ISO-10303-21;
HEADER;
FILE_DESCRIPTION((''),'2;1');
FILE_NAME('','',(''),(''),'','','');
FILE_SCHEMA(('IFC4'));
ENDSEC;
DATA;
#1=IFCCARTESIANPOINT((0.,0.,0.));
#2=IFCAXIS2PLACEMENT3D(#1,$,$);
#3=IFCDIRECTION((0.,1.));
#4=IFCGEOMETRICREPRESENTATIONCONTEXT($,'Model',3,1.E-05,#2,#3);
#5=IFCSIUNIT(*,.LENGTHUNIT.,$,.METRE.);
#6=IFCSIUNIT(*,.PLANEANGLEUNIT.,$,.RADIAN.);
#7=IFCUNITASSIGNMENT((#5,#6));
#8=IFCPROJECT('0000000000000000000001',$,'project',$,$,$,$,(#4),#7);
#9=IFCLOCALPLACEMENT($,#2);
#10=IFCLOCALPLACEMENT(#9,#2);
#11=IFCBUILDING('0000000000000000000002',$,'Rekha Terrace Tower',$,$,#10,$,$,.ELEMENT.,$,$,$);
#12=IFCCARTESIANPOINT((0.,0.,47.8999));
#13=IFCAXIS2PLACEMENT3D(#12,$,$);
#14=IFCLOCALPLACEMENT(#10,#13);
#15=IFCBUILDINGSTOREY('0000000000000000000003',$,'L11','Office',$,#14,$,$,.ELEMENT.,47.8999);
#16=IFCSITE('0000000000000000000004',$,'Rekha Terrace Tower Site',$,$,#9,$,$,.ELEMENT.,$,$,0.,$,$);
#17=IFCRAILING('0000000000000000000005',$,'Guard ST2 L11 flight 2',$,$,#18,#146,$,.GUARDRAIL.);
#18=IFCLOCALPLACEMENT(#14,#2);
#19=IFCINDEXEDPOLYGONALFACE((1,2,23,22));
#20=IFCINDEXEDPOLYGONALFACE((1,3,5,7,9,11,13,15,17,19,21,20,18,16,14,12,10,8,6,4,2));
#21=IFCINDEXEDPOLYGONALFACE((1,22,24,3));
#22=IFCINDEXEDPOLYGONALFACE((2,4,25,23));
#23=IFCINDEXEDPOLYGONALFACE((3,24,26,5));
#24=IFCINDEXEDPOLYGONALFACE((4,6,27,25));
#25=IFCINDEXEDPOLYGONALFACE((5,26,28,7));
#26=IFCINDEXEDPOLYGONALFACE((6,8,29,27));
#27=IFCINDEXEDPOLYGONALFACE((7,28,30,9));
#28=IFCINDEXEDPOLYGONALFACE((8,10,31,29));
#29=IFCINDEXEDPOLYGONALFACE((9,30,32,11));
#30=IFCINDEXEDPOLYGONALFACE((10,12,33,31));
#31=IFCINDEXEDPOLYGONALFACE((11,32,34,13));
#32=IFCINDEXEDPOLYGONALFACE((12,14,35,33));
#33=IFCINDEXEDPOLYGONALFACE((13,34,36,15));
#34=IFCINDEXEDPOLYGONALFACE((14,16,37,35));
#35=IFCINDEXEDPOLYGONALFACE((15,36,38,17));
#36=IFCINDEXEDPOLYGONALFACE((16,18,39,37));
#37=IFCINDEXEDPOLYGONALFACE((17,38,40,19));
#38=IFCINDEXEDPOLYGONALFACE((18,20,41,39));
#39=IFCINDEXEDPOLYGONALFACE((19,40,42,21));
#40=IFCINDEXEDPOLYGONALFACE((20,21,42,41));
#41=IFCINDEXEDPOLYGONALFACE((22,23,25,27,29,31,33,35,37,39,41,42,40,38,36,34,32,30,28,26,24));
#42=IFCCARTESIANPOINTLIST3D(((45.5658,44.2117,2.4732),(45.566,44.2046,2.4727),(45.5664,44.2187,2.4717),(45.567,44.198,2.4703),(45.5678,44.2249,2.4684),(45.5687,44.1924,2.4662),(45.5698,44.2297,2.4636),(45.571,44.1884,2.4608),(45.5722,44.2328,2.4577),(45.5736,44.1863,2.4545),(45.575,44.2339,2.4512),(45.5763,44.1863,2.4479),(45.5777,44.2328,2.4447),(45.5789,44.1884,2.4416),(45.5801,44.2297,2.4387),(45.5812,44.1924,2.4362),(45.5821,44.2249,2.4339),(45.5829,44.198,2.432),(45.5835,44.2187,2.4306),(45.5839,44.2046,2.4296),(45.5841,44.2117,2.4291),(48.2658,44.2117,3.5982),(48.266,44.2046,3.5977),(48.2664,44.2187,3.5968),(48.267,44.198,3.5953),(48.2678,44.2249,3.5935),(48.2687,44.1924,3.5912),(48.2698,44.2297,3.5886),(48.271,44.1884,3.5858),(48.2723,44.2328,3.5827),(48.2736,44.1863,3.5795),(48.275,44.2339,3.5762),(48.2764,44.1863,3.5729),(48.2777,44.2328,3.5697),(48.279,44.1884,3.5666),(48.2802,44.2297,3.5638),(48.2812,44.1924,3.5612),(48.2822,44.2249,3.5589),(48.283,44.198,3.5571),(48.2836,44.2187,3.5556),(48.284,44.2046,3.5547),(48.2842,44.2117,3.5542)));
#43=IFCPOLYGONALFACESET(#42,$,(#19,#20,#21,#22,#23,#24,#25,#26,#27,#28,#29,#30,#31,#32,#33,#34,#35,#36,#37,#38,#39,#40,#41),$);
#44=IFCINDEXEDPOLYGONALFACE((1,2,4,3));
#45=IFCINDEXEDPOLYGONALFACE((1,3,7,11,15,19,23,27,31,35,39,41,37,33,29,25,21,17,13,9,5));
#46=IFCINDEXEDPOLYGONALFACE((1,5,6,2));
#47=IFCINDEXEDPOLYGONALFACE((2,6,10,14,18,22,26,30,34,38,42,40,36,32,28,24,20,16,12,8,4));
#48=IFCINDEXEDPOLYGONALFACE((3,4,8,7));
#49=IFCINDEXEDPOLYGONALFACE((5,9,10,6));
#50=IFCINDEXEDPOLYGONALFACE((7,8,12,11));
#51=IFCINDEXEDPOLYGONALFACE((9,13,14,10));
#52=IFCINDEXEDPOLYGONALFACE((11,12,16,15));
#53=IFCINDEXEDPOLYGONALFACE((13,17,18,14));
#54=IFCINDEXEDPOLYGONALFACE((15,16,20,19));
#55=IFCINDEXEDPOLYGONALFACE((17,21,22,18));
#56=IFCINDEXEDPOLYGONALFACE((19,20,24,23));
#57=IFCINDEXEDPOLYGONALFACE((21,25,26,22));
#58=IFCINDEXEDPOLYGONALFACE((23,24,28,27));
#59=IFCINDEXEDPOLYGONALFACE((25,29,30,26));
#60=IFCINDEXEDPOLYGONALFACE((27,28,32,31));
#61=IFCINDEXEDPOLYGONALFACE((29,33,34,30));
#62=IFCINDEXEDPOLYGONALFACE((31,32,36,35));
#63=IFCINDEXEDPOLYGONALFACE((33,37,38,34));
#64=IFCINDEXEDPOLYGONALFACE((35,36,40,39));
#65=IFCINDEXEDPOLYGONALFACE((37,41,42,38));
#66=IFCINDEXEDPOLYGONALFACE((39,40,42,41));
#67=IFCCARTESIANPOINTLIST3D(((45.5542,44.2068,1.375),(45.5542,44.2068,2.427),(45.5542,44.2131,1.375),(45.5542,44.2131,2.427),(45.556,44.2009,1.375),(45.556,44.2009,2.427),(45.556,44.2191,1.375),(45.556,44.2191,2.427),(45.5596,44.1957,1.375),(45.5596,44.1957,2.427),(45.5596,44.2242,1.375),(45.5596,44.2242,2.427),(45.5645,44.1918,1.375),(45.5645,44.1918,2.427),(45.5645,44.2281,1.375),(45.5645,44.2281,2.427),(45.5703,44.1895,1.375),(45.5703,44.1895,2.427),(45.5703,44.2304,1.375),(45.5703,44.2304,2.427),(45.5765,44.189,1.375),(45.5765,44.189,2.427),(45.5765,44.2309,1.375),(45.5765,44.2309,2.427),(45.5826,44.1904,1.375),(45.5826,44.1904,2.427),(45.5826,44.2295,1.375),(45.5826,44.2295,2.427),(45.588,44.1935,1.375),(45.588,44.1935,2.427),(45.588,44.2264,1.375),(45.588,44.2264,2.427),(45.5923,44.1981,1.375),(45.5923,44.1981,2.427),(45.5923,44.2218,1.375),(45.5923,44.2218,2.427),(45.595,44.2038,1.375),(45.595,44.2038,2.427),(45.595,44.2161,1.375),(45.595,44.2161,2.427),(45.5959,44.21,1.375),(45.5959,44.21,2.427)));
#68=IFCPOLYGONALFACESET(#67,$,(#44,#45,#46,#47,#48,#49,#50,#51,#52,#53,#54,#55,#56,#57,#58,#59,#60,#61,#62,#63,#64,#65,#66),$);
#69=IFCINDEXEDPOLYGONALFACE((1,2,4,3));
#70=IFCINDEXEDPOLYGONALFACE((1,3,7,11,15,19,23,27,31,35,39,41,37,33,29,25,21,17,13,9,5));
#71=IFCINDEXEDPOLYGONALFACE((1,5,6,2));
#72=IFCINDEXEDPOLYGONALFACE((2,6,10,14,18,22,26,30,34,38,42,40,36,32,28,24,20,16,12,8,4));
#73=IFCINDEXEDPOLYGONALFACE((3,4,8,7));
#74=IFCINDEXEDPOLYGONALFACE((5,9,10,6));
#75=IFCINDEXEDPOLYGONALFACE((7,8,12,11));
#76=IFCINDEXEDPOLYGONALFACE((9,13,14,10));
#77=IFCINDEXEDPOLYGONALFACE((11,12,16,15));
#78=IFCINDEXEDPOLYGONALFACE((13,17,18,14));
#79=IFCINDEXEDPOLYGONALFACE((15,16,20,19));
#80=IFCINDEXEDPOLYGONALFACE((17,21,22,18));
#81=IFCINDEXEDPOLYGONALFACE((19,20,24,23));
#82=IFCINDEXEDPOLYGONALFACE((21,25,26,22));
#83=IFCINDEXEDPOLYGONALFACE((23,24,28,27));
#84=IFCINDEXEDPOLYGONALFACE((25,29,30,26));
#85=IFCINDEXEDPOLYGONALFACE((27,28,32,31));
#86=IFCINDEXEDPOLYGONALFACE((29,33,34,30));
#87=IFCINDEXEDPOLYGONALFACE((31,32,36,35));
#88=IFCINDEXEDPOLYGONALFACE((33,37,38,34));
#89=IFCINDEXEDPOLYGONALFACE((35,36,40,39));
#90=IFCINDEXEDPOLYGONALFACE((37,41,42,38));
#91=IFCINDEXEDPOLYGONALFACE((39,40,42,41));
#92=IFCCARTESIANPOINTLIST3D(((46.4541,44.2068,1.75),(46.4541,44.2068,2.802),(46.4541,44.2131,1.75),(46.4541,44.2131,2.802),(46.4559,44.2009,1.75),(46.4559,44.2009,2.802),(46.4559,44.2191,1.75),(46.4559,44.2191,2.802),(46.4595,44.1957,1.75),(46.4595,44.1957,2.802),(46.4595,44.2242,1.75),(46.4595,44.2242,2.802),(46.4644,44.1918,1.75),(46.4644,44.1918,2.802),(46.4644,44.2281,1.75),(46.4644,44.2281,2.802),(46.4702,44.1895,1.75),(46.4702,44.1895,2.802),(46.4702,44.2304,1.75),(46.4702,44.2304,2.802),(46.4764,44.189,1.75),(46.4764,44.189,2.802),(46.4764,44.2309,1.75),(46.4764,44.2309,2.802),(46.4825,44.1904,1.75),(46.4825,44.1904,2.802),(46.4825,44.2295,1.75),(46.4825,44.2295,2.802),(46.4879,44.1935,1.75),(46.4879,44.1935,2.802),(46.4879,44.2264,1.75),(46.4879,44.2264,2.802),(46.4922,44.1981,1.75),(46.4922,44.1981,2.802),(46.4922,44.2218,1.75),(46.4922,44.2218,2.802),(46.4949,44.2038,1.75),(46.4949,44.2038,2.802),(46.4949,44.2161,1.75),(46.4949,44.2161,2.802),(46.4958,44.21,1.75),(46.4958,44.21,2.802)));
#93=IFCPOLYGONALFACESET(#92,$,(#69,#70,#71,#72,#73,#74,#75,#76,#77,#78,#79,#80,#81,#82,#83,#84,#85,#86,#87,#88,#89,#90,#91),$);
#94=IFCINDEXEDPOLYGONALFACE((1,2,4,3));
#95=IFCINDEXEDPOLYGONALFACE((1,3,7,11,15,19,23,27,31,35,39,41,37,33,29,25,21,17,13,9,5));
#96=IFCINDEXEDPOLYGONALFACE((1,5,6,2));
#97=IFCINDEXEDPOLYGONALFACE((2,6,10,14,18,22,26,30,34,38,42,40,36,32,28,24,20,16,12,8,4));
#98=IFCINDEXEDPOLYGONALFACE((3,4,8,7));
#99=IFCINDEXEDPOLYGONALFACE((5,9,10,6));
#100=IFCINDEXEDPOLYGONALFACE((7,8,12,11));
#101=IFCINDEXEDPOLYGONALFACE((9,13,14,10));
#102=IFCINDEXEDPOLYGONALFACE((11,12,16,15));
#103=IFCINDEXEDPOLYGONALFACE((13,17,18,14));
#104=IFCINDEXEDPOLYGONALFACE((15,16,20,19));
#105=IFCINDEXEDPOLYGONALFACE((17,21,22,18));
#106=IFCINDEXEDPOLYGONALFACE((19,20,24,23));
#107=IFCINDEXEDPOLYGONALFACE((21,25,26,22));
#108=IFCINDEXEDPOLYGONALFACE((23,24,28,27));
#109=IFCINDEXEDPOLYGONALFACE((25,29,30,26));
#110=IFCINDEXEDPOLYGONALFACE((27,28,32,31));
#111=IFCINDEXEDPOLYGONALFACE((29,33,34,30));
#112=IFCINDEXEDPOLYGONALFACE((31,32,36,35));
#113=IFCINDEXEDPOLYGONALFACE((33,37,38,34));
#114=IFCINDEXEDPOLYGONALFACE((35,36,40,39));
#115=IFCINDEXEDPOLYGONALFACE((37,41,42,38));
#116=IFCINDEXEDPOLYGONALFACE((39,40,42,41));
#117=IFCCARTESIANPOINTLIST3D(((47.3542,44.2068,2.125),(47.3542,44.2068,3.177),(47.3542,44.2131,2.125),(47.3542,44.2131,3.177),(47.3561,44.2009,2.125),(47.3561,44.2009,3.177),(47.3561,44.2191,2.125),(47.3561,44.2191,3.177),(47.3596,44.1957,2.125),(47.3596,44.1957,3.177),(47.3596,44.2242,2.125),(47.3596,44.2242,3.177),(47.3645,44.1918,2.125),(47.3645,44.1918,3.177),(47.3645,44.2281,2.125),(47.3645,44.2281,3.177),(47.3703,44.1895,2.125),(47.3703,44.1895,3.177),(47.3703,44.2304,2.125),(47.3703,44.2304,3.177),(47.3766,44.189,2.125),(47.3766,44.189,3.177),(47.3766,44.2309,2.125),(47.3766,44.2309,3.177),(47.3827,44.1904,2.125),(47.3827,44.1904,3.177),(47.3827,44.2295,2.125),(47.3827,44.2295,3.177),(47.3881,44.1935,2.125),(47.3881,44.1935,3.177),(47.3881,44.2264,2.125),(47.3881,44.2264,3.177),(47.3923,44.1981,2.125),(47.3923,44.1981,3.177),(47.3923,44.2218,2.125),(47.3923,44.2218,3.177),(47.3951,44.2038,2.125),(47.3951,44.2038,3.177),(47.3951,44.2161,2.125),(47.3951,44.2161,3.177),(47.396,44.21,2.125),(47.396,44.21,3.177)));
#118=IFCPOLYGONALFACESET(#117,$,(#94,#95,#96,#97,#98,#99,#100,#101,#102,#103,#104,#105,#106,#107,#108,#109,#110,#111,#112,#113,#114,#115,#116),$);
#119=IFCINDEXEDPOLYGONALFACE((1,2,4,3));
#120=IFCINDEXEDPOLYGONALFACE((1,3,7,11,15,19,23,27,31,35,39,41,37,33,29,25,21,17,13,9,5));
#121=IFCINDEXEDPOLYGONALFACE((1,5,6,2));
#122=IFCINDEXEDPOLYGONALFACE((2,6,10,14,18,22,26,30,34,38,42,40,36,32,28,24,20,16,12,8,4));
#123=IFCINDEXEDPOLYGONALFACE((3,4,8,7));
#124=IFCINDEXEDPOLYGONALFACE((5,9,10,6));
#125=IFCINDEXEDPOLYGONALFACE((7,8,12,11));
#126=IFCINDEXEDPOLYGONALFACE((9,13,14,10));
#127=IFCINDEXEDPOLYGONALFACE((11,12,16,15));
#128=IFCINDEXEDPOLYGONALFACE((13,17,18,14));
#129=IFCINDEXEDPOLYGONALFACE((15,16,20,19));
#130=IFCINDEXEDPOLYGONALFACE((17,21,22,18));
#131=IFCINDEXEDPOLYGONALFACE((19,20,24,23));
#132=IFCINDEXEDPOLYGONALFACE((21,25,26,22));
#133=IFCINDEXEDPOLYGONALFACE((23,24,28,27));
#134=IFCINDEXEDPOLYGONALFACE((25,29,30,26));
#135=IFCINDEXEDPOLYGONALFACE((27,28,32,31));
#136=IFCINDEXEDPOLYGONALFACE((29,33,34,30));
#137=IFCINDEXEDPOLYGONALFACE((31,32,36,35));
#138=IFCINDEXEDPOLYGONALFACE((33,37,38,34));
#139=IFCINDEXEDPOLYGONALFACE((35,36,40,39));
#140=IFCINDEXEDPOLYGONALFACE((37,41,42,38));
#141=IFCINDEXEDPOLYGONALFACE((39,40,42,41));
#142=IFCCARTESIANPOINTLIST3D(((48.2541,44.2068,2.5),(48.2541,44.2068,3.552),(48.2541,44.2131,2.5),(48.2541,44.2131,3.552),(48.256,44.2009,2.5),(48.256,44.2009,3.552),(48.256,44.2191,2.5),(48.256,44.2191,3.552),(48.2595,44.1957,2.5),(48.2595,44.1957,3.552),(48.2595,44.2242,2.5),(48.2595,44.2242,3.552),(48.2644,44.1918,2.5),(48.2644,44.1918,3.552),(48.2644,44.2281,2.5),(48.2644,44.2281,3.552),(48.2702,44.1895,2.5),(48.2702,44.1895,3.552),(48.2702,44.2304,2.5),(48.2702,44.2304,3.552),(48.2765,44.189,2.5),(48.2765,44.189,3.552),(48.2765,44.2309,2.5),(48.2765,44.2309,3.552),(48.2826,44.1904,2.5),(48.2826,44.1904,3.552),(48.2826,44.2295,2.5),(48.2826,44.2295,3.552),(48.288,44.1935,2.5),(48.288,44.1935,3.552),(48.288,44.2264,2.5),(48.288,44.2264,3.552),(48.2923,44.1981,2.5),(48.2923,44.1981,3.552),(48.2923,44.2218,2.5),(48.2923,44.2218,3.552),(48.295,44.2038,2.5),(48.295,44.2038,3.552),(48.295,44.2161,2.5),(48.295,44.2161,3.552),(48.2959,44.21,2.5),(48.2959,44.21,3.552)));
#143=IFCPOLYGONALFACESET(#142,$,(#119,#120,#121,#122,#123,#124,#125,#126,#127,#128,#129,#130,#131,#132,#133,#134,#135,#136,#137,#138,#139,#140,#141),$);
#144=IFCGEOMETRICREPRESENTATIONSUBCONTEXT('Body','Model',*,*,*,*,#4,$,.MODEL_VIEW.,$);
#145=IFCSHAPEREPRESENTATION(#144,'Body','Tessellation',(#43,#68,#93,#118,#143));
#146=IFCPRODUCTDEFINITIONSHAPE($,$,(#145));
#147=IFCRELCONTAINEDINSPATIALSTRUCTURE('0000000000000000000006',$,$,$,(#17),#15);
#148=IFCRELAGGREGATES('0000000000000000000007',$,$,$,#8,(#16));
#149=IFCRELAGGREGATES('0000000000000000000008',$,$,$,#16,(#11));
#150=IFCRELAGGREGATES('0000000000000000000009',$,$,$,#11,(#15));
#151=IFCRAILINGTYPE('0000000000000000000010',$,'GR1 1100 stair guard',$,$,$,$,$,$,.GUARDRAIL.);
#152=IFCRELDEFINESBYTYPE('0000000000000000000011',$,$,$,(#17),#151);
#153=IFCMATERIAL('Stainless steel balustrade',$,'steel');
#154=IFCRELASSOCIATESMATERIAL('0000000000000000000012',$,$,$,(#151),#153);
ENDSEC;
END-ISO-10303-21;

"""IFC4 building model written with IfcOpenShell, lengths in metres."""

from ifc_helpers import new_model, si_unit, direction, frame, origin, origin_2d, place, context, subcontext, project, spatial, circle, extrude, material, type_object, element, save


model = new_model("IFC4")

# Units and contexts
model_context = context("Model", 3, precision=1e-05, world=origin(), true_north=direction((0.0, 1.0)))
body_context = subcontext(model_context, "Body", "Model", "MODEL_VIEW")
ifc_project = project(units=[si_unit("LENGTHUNIT", "METRE"), si_unit("PLANEANGLEUNIT", "RADIAN")], contexts=[model_context])

# Site, building, storey
site_placement = place(None, origin())
site = spatial("IfcSite", under=ifc_project, at=site_placement, Name="Rekha Terrace Tower Site", CompositionType="ELEMENT", RefElevation=0.0)
building_placement = place(site_placement, origin())
building = spatial("IfcBuilding", under=site, at=building_placement, Name="Rekha Terrace Tower", CompositionType="ELEMENT")
storey_placement = place(building_placement, frame((0.0, 0.0, 47.8999)))
storey = spatial("IfcBuildingStorey", under=building, at=storey_placement, Name="L11", Description="Office", CompositionType="ELEMENT", Elevation=47.8999)

# Railing
ifc_material_1 = material(Name="Stainless steel balustrade", Category="steel")
railing_type_1 = type_object("IfcRailingType", Name="GR1 1100 stair guard", PredefinedType="GUARDRAIL", material=ifc_material_1)
railing_1_placement = place(storey_placement, frame((45.575, 44.21, 1.375)))
element("IfcRailing", 1, at=railing_1_placement, inside=storey, type_object=railing_type_1, Name="Guard ST2 L11 flight 2", PredefinedType="GUARDRAIL", context=body_context, shape_type="SweptSolid", body=[
    extrude(circle(Radius=0.0239, at=origin_2d()), frame((0.0, 0.0, 1.0762), z_axis=(0.923074, 0.0, 0.384621), x_axis=(0.0, 1.0, 0.0)), (0.0, 0.0, 1.0), 2.925),
    extrude(circle(Radius=0.021, at=origin_2d()), origin(), (0.0, 0.0, 1.0), 1.052),
    extrude(circle(Radius=0.021, at=origin_2d()), frame((0.8999, 0.0, 0.375)), (0.0, 0.0, 1.0), 1.052),
    extrude(circle(Radius=0.021, at=origin_2d()), frame((1.8, 0.0, 0.75)), (0.0, 0.0, 1.0), 1.052),
    extrude(circle(Radius=0.021, at=origin_2d()), frame((2.7, 0.0, 1.125)), (0.0, 0.0, 1.0), 1.052),
])

save(model, "model.ifc")
